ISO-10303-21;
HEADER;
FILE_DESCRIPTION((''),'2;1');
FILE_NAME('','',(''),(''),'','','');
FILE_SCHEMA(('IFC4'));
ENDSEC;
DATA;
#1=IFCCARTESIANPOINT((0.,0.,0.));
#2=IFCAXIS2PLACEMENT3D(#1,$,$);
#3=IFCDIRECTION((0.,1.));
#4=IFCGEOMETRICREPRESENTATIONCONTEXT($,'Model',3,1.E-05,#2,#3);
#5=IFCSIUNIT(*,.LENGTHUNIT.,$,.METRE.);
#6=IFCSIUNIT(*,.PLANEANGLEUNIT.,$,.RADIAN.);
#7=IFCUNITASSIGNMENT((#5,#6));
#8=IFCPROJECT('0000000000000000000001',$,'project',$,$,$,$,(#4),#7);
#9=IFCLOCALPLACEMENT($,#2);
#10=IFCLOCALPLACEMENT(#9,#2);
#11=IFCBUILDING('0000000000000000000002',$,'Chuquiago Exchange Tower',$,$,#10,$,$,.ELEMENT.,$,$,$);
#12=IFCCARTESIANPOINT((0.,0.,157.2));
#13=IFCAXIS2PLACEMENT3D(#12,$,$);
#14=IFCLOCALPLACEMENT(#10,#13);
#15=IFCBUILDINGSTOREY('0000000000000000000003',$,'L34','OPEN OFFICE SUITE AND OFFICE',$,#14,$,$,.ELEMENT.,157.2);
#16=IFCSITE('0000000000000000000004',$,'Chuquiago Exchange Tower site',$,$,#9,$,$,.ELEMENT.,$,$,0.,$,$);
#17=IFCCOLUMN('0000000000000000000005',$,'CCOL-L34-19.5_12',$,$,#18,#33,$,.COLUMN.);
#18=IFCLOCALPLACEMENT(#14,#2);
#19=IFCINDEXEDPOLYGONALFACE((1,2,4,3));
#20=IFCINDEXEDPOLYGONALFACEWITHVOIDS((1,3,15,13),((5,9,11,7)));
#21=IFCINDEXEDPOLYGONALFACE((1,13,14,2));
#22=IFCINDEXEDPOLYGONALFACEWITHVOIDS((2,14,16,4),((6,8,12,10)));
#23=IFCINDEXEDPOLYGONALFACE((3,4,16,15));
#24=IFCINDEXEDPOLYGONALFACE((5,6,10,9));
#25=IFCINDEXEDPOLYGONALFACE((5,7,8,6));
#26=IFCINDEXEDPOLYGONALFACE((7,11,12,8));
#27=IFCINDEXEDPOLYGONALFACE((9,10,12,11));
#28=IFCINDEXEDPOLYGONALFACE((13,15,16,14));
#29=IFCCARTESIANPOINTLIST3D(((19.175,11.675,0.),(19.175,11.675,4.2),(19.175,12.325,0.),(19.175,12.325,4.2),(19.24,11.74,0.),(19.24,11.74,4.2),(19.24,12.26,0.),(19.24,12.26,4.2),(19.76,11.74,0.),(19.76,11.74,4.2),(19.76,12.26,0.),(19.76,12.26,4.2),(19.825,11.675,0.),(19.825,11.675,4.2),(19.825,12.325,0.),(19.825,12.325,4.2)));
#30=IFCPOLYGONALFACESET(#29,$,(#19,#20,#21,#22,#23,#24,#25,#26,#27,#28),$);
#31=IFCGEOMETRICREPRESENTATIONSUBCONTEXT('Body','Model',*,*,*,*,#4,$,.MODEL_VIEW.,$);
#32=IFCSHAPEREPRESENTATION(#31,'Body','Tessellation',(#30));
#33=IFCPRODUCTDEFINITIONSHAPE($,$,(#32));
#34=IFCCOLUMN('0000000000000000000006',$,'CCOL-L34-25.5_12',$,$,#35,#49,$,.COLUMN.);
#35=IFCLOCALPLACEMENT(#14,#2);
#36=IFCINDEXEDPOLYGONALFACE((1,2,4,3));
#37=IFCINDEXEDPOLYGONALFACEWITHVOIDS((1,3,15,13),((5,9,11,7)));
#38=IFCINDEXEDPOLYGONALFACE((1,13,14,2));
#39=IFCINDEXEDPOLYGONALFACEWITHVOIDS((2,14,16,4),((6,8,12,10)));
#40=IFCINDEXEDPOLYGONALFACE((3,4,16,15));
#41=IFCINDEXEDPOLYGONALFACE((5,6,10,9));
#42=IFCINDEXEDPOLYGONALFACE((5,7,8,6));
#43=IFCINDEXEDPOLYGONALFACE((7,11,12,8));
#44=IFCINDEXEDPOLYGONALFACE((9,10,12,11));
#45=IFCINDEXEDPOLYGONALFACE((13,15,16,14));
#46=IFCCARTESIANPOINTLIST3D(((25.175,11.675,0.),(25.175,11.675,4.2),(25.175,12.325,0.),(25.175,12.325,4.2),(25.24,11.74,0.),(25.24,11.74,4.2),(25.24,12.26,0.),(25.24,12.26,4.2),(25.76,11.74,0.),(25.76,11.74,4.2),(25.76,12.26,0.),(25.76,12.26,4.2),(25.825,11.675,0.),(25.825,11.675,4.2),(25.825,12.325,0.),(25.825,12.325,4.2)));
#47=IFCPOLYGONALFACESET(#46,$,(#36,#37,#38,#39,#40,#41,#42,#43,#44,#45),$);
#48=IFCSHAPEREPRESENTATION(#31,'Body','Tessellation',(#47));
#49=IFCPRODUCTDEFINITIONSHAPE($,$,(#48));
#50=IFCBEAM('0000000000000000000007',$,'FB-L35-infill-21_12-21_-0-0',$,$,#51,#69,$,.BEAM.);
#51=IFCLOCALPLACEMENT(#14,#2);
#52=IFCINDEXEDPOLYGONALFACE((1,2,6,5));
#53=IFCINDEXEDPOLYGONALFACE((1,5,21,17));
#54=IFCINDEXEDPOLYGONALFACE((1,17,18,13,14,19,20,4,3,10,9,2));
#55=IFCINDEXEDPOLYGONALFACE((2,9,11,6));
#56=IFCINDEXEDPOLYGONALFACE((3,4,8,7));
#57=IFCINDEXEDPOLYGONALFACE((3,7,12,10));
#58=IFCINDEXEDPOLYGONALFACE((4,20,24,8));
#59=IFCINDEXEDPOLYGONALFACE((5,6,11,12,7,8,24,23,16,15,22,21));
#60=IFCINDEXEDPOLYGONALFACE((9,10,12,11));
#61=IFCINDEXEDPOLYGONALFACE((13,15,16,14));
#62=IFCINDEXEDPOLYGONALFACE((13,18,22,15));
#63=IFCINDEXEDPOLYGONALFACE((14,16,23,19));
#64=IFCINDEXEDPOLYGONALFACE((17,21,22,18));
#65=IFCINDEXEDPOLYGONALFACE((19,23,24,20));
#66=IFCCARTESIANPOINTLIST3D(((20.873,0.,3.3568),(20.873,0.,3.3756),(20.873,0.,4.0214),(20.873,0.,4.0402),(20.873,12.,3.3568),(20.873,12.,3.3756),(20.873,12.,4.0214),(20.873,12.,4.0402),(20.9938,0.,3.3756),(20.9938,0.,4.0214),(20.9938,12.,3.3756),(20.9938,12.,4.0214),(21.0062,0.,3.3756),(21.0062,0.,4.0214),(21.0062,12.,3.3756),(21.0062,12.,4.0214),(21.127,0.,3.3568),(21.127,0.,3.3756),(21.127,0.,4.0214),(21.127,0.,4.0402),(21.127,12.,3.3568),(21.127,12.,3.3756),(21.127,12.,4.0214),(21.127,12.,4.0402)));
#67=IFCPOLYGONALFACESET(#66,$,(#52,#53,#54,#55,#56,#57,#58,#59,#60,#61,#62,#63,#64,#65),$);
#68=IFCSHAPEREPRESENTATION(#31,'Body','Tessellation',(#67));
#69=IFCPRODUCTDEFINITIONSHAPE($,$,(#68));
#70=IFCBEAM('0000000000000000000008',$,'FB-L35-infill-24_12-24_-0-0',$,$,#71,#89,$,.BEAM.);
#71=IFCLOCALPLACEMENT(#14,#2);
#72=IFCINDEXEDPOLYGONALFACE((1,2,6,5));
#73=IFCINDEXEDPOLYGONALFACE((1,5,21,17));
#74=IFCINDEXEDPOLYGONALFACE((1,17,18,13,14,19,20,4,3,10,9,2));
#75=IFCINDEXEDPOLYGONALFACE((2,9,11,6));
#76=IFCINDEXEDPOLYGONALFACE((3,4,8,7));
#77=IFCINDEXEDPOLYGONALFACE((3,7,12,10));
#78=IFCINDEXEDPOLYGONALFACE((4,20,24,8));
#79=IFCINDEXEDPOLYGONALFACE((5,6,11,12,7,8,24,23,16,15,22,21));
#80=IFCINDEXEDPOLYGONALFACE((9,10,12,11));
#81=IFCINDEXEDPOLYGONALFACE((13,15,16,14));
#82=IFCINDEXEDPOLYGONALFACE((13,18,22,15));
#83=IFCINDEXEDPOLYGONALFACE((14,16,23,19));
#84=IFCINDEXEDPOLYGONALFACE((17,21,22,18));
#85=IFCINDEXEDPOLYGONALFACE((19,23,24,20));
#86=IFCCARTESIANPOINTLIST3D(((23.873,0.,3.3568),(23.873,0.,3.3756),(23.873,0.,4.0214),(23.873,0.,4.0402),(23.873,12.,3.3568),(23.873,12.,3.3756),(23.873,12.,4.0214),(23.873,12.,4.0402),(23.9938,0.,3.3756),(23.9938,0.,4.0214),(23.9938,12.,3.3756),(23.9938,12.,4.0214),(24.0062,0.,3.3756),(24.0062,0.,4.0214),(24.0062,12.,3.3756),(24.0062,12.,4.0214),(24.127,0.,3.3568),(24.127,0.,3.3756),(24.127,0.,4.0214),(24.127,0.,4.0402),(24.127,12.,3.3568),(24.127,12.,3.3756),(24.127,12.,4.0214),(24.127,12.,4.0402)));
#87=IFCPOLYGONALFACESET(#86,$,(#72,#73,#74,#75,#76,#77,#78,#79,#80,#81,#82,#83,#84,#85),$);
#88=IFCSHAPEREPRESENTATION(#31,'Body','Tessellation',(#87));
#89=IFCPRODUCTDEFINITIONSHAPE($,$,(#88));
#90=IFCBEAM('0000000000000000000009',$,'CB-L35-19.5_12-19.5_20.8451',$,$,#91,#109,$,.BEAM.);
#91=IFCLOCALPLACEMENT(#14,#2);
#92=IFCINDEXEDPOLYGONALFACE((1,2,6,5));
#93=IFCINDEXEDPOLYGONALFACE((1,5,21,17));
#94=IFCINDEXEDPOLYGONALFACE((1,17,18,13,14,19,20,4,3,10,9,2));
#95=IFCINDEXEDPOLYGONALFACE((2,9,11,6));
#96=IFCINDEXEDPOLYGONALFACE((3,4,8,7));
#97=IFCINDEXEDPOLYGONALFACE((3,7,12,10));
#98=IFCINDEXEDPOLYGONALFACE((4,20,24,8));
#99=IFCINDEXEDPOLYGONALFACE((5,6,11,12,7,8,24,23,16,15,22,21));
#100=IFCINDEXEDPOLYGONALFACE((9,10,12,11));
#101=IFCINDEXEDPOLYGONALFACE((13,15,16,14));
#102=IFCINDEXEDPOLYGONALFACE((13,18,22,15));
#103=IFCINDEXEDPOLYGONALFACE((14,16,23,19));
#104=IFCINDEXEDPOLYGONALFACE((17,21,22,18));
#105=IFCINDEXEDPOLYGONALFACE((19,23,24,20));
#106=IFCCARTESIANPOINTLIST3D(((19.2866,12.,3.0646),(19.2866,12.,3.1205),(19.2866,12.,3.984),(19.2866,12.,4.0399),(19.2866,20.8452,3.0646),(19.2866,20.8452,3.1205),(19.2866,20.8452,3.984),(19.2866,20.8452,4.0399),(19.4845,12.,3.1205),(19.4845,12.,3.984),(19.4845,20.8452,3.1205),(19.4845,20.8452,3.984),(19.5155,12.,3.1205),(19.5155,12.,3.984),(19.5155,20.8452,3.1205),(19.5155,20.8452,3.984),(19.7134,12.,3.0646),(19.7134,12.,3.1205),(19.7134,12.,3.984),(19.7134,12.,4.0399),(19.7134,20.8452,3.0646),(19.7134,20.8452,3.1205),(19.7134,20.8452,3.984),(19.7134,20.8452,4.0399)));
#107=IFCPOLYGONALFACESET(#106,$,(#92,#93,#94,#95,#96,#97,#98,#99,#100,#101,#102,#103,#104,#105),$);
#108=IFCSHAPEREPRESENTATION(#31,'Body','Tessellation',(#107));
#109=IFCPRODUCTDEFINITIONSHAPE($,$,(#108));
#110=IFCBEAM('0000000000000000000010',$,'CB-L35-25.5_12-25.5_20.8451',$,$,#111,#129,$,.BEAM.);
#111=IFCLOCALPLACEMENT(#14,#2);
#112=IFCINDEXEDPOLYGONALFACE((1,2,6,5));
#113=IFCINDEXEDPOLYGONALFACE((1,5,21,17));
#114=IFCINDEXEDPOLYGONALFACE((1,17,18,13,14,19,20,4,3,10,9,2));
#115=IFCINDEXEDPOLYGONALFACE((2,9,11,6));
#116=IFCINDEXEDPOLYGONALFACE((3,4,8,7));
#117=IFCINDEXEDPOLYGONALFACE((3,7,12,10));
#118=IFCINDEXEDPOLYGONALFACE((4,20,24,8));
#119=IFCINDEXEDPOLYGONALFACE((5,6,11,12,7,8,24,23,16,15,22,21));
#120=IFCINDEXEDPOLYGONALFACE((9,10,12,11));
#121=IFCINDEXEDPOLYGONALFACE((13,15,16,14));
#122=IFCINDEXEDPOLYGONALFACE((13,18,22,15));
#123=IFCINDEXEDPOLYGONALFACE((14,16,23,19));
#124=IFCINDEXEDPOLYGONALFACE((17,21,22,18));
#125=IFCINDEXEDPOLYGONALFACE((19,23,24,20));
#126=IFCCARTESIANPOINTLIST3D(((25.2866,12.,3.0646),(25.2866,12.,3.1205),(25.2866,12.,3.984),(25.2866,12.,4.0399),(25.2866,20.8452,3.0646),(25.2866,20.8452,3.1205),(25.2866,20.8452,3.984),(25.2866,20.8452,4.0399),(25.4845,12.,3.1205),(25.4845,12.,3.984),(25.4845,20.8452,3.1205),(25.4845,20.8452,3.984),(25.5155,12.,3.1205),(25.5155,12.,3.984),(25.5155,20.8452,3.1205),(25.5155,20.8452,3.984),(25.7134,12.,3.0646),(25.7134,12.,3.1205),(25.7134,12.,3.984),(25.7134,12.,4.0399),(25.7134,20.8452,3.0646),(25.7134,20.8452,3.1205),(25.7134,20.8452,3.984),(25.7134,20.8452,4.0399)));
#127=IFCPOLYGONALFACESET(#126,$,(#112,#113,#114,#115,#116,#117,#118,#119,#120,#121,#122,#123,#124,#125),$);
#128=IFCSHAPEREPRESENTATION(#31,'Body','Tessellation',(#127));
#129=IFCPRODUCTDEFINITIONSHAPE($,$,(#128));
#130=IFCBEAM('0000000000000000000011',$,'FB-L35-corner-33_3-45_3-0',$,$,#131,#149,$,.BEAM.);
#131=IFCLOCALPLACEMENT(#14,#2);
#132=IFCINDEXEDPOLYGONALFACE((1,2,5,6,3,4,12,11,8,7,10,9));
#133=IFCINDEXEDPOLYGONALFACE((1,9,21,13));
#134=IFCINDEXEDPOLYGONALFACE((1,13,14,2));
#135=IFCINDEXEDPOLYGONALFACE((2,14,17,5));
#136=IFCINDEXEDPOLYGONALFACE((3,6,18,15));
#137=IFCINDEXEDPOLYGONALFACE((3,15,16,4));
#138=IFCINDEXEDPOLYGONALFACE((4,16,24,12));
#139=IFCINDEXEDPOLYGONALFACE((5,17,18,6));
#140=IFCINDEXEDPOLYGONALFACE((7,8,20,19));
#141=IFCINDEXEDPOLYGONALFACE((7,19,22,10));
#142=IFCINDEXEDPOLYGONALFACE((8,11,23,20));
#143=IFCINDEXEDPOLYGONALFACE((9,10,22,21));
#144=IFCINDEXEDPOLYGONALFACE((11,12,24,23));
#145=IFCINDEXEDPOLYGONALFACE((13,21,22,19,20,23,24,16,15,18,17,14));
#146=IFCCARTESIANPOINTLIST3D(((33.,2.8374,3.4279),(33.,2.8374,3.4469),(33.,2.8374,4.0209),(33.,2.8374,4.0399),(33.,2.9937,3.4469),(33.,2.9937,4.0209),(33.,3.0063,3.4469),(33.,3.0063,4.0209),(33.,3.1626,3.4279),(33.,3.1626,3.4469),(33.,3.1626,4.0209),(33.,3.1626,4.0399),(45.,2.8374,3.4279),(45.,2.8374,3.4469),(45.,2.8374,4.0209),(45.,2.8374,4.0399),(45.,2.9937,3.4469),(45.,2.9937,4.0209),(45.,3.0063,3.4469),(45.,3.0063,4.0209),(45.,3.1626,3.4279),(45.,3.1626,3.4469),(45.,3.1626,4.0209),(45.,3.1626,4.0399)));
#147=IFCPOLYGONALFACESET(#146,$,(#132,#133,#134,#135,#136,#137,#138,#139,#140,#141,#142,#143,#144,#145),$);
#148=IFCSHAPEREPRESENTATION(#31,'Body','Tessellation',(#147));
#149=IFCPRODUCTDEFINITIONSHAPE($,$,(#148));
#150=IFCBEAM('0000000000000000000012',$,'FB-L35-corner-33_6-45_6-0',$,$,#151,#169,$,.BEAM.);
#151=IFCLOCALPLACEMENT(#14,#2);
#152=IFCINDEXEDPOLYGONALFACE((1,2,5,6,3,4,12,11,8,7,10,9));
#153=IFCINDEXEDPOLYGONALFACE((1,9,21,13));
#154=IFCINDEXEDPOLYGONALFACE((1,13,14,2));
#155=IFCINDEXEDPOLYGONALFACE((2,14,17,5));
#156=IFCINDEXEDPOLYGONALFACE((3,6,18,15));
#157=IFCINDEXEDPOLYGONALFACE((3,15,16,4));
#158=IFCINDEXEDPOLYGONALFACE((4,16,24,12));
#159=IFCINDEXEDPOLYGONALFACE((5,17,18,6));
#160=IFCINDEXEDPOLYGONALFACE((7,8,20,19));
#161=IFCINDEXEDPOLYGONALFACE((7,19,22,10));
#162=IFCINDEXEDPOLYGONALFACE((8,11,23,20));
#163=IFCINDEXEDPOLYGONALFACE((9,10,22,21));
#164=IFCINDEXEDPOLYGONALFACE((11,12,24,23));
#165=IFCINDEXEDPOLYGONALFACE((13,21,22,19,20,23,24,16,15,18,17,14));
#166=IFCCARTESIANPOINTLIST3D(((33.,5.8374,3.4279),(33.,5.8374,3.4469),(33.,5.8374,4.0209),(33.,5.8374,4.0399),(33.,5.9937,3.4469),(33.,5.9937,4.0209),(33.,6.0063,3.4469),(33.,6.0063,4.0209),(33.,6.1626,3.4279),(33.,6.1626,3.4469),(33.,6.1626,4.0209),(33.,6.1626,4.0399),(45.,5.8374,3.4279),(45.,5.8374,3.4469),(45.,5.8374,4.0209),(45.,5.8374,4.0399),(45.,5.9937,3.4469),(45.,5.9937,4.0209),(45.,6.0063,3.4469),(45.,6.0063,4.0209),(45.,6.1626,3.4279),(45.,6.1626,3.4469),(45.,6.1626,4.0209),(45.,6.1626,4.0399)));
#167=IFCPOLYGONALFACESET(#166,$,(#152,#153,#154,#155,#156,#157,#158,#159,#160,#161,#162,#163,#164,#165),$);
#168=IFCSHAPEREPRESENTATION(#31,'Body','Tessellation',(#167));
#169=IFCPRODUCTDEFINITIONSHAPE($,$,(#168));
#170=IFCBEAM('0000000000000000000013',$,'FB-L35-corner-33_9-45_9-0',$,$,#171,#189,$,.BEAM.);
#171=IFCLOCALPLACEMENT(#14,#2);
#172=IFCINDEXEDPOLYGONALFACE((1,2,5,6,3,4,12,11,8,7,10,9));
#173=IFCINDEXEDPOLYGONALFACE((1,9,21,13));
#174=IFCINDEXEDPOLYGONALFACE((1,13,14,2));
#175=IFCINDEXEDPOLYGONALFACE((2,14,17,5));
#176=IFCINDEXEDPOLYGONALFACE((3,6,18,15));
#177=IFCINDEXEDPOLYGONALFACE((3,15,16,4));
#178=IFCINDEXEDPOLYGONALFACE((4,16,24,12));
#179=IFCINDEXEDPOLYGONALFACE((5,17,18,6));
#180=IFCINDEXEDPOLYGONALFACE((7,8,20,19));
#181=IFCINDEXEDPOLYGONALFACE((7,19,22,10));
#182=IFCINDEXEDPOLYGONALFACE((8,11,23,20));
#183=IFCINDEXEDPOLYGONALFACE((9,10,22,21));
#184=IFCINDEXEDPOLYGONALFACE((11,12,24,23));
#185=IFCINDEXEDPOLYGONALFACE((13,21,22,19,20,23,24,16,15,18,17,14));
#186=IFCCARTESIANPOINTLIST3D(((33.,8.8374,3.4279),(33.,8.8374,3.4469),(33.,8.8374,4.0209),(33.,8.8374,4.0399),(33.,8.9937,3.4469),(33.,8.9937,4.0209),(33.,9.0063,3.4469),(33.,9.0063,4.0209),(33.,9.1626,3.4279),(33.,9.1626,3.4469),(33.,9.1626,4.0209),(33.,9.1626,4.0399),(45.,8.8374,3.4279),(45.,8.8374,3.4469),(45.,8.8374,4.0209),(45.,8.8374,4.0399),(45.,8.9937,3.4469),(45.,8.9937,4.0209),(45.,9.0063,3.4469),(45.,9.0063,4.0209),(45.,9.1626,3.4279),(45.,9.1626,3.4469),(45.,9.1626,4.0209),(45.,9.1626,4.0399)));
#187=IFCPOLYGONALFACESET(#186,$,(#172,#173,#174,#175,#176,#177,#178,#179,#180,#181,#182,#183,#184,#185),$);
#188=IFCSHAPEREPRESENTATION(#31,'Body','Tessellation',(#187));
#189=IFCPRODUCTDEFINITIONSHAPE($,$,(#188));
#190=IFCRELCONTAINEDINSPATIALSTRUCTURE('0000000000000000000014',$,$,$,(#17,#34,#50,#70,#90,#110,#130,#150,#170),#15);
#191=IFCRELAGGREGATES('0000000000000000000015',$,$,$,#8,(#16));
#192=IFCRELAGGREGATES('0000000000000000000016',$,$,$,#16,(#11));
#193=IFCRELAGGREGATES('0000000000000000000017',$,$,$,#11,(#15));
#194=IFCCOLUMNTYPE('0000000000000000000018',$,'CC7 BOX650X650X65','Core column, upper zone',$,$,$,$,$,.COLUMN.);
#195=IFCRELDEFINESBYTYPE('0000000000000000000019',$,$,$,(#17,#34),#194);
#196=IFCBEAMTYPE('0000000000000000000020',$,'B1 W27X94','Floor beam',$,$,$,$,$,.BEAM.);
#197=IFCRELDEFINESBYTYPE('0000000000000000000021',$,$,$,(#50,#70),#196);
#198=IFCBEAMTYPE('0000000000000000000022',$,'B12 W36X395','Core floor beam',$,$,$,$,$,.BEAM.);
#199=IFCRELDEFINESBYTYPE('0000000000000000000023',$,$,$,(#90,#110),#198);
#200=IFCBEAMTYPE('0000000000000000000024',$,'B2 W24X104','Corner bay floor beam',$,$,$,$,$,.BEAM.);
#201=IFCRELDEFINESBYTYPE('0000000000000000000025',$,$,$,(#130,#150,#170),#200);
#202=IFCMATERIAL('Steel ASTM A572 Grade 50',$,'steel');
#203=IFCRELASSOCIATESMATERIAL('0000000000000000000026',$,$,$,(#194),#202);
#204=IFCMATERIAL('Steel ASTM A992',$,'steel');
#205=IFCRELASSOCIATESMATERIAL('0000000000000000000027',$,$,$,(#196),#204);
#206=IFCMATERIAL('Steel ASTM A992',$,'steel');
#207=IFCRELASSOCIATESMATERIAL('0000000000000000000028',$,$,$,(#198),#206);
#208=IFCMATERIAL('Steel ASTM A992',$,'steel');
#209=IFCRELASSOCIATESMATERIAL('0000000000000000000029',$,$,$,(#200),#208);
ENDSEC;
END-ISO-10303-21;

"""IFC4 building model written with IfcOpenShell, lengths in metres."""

from ifc_helpers import new_model, si_unit, direction, frame, origin, origin_2d, place, context, subcontext, project, spatial, hollow_rectangle, i_section, extrude, material, material_profile, profile_set, type_object, element, save


model = new_model("IFC4")

# Units and contexts
model_context = context("Model", 3, precision=1e-05, world=origin(), true_north=direction((0.0, 1.0)))
body_context = subcontext(model_context, "Body", "Model", "MODEL_VIEW")
ifc_project = project(units=[si_unit("LENGTHUNIT", "METRE"), si_unit("PLANEANGLEUNIT", "RADIAN")], contexts=[model_context])

# Site, building, storey
site_placement = place(None, origin())
site = spatial("IfcSite", under=ifc_project, at=site_placement, Name="Chuquiago Exchange Tower site", CompositionType="ELEMENT", RefElevation=0.0)
building_placement = place(site_placement, origin())
building = spatial("IfcBuilding", under=site, at=building_placement, Name="Chuquiago Exchange Tower", CompositionType="ELEMENT")
storey_placement = place(building_placement, frame((0.0, 0.0, 157.2)))
storey = spatial("IfcBuildingStorey", under=building, at=storey_placement, Name="L34", Description="OPEN OFFICE SUITE AND OFFICE", CompositionType="ELEMENT", Elevation=157.2)

# Columns
ifc_material_1 = material(Name="Steel ASTM A572 Grade 50", Category="steel")
ifc_material_profile_1 = material_profile(ifc_material_1, hollow_rectangle(XDim=0.6499, YDim=0.6499, WallThickness=0.0649, at=origin_2d()), Name="BOX650X650X65")
ifc_profile_set_1 = profile_set([ifc_material_profile_1], Name="Steel ASTM A572 Grade 50")
column_type = type_object("IfcColumnType", Name="CC7 BOX650X650X65", Description="Core column, upper zone", PredefinedType="COLUMN", material=ifc_profile_set_1)
for number, where, z_axis, x_axis, name in (
    (1, (19.5, 12.0, 0.0), (0.0, 0.0, 1.0), (1.0, 0.0, 0.0), "CCOL-L34-19.5_12"),
    (2, (25.5, 12.0, 0.0), (0.0, 0.0, 1.0), (1.0, 0.0, 0.0), "CCOL-L34-25.5_12"),
):
    element("IfcColumn", number, at=place(storey_placement, frame(where, z_axis=z_axis, x_axis=x_axis)), inside=storey, type_object=column_type, Name=name, PredefinedType="COLUMN", context=body_context, shape_type="SweptSolid", body=[
        extrude(hollow_rectangle(XDim=0.6499, YDim=0.6499, WallThickness=0.0649, at=origin_2d()), origin(), (0.0, 0.0, 1.0), 4.2),
    ])

# Beams
ifc_material_2 = material(Name="Steel ASTM A992", Category="steel")
ifc_material_profile_2 = material_profile(ifc_material_2, i_section(OverallWidth=0.2539, OverallDepth=0.6833, WebThickness=0.0125, FlangeThickness=0.0188, at=origin_2d()), Name="W27X94")
ifc_profile_set_2 = profile_set([ifc_material_profile_2], Name="Steel ASTM A992")
beam_type_1 = type_object("IfcBeamType", Name="B1 W27X94", Description="Floor beam", PredefinedType="BEAM", material=ifc_profile_set_2)
for number, where, z_axis, x_axis, name in (
    (3, (21.0, 12.0, 3.6985), (0.0, -1.0, 0.0), (1.0, 0.0, 0.0), "FB-L35-infill-21_12-21_-0-0"),
    (4, (24.0, 12.0, 3.6985), (0.0, -1.0, 0.0), (1.0, 0.0, 0.0), "FB-L35-infill-24_12-24_-0-0"),
):
    element("IfcBeam", number, at=place(storey_placement, frame(where, z_axis=z_axis, x_axis=x_axis)), inside=storey, type_object=beam_type_1, Name=name, PredefinedType="BEAM", context=body_context, shape_type="SweptSolid", body=[
        extrude(i_section(OverallWidth=0.2539, OverallDepth=0.6833, WebThickness=0.0125, FlangeThickness=0.0188, at=origin_2d()), origin(), (0.0, 0.0, 1.0), 12.0),
    ])
ifc_material_3 = material(Name="Steel ASTM A992", Category="steel")
ifc_material_profile_3 = material_profile(ifc_material_3, i_section(OverallWidth=0.4268, OverallDepth=0.9753, WebThickness=0.031, FlangeThickness=0.0559, at=origin_2d()), Name="W36X395")
ifc_profile_set_3 = profile_set([ifc_material_profile_3], Name="Steel ASTM A992")
beam_type_2 = type_object("IfcBeamType", Name="B12 W36X395", Description="Core floor beam", PredefinedType="BEAM", material=ifc_profile_set_3)
for number, where, z_axis, x_axis, name in (
    (5, (19.5, 12.0, 3.5522), (0.0, 1.0, 0.0), (-1.0, 0.0, 0.0), "CB-L35-19.5_12-19.5_20.8451"),
    (6, (25.5, 12.0, 3.5522), (0.0, 1.0, 0.0), (-1.0, 0.0, 0.0), "CB-L35-25.5_12-25.5_20.8451"),
):
    element("IfcBeam", number, at=place(storey_placement, frame(where, z_axis=z_axis, x_axis=x_axis)), inside=storey, type_object=beam_type_2, Name=name, PredefinedType="BEAM", context=body_context, shape_type="SweptSolid", body=[
        extrude(i_section(OverallWidth=0.4268, OverallDepth=0.9753, WebThickness=0.031, FlangeThickness=0.0559, at=origin_2d()), origin(), (0.0, 0.0, 1.0), 8.8452),
    ])
ifc_material_4 = material(Name="Steel ASTM A992", Category="steel")
ifc_material_profile_4 = material_profile(ifc_material_4, i_section(OverallWidth=0.3252, OverallDepth=0.6121, WebThickness=0.0127, FlangeThickness=0.019, at=origin_2d()), Name="W24X104")
ifc_profile_set_4 = profile_set([ifc_material_profile_4], Name="Steel ASTM A992")
beam_type_3 = type_object("IfcBeamType", Name="B2 W24X104", Description="Corner bay floor beam", PredefinedType="BEAM", material=ifc_profile_set_4)
for number, where, z_axis, x_axis, name in (
    (7, (33.0, 3.0, 3.7339), (1.0, 0.0, 0.0), (0.0, 1.0, 0.0), "FB-L35-corner-33_3-45_3-0"),
    (8, (33.0, 6.0, 3.7339), (1.0, 0.0, 0.0), (0.0, 1.0, 0.0), "FB-L35-corner-33_6-45_6-0"),
    (9, (33.0, 9.0, 3.7339), (1.0, 0.0, 0.0), (0.0, 1.0, 0.0), "FB-L35-corner-33_9-45_9-0"),
):
    element("IfcBeam", number, at=place(storey_placement, frame(where, z_axis=z_axis, x_axis=x_axis)), inside=storey, type_object=beam_type_3, Name=name, PredefinedType="BEAM", context=body_context, shape_type="SweptSolid", body=[
        extrude(i_section(OverallWidth=0.3252, OverallDepth=0.6121, WebThickness=0.0127, FlangeThickness=0.019, at=origin_2d()), origin(), (0.0, 0.0, 1.0), 12.0),
    ])

save(model, "model.ifc")
